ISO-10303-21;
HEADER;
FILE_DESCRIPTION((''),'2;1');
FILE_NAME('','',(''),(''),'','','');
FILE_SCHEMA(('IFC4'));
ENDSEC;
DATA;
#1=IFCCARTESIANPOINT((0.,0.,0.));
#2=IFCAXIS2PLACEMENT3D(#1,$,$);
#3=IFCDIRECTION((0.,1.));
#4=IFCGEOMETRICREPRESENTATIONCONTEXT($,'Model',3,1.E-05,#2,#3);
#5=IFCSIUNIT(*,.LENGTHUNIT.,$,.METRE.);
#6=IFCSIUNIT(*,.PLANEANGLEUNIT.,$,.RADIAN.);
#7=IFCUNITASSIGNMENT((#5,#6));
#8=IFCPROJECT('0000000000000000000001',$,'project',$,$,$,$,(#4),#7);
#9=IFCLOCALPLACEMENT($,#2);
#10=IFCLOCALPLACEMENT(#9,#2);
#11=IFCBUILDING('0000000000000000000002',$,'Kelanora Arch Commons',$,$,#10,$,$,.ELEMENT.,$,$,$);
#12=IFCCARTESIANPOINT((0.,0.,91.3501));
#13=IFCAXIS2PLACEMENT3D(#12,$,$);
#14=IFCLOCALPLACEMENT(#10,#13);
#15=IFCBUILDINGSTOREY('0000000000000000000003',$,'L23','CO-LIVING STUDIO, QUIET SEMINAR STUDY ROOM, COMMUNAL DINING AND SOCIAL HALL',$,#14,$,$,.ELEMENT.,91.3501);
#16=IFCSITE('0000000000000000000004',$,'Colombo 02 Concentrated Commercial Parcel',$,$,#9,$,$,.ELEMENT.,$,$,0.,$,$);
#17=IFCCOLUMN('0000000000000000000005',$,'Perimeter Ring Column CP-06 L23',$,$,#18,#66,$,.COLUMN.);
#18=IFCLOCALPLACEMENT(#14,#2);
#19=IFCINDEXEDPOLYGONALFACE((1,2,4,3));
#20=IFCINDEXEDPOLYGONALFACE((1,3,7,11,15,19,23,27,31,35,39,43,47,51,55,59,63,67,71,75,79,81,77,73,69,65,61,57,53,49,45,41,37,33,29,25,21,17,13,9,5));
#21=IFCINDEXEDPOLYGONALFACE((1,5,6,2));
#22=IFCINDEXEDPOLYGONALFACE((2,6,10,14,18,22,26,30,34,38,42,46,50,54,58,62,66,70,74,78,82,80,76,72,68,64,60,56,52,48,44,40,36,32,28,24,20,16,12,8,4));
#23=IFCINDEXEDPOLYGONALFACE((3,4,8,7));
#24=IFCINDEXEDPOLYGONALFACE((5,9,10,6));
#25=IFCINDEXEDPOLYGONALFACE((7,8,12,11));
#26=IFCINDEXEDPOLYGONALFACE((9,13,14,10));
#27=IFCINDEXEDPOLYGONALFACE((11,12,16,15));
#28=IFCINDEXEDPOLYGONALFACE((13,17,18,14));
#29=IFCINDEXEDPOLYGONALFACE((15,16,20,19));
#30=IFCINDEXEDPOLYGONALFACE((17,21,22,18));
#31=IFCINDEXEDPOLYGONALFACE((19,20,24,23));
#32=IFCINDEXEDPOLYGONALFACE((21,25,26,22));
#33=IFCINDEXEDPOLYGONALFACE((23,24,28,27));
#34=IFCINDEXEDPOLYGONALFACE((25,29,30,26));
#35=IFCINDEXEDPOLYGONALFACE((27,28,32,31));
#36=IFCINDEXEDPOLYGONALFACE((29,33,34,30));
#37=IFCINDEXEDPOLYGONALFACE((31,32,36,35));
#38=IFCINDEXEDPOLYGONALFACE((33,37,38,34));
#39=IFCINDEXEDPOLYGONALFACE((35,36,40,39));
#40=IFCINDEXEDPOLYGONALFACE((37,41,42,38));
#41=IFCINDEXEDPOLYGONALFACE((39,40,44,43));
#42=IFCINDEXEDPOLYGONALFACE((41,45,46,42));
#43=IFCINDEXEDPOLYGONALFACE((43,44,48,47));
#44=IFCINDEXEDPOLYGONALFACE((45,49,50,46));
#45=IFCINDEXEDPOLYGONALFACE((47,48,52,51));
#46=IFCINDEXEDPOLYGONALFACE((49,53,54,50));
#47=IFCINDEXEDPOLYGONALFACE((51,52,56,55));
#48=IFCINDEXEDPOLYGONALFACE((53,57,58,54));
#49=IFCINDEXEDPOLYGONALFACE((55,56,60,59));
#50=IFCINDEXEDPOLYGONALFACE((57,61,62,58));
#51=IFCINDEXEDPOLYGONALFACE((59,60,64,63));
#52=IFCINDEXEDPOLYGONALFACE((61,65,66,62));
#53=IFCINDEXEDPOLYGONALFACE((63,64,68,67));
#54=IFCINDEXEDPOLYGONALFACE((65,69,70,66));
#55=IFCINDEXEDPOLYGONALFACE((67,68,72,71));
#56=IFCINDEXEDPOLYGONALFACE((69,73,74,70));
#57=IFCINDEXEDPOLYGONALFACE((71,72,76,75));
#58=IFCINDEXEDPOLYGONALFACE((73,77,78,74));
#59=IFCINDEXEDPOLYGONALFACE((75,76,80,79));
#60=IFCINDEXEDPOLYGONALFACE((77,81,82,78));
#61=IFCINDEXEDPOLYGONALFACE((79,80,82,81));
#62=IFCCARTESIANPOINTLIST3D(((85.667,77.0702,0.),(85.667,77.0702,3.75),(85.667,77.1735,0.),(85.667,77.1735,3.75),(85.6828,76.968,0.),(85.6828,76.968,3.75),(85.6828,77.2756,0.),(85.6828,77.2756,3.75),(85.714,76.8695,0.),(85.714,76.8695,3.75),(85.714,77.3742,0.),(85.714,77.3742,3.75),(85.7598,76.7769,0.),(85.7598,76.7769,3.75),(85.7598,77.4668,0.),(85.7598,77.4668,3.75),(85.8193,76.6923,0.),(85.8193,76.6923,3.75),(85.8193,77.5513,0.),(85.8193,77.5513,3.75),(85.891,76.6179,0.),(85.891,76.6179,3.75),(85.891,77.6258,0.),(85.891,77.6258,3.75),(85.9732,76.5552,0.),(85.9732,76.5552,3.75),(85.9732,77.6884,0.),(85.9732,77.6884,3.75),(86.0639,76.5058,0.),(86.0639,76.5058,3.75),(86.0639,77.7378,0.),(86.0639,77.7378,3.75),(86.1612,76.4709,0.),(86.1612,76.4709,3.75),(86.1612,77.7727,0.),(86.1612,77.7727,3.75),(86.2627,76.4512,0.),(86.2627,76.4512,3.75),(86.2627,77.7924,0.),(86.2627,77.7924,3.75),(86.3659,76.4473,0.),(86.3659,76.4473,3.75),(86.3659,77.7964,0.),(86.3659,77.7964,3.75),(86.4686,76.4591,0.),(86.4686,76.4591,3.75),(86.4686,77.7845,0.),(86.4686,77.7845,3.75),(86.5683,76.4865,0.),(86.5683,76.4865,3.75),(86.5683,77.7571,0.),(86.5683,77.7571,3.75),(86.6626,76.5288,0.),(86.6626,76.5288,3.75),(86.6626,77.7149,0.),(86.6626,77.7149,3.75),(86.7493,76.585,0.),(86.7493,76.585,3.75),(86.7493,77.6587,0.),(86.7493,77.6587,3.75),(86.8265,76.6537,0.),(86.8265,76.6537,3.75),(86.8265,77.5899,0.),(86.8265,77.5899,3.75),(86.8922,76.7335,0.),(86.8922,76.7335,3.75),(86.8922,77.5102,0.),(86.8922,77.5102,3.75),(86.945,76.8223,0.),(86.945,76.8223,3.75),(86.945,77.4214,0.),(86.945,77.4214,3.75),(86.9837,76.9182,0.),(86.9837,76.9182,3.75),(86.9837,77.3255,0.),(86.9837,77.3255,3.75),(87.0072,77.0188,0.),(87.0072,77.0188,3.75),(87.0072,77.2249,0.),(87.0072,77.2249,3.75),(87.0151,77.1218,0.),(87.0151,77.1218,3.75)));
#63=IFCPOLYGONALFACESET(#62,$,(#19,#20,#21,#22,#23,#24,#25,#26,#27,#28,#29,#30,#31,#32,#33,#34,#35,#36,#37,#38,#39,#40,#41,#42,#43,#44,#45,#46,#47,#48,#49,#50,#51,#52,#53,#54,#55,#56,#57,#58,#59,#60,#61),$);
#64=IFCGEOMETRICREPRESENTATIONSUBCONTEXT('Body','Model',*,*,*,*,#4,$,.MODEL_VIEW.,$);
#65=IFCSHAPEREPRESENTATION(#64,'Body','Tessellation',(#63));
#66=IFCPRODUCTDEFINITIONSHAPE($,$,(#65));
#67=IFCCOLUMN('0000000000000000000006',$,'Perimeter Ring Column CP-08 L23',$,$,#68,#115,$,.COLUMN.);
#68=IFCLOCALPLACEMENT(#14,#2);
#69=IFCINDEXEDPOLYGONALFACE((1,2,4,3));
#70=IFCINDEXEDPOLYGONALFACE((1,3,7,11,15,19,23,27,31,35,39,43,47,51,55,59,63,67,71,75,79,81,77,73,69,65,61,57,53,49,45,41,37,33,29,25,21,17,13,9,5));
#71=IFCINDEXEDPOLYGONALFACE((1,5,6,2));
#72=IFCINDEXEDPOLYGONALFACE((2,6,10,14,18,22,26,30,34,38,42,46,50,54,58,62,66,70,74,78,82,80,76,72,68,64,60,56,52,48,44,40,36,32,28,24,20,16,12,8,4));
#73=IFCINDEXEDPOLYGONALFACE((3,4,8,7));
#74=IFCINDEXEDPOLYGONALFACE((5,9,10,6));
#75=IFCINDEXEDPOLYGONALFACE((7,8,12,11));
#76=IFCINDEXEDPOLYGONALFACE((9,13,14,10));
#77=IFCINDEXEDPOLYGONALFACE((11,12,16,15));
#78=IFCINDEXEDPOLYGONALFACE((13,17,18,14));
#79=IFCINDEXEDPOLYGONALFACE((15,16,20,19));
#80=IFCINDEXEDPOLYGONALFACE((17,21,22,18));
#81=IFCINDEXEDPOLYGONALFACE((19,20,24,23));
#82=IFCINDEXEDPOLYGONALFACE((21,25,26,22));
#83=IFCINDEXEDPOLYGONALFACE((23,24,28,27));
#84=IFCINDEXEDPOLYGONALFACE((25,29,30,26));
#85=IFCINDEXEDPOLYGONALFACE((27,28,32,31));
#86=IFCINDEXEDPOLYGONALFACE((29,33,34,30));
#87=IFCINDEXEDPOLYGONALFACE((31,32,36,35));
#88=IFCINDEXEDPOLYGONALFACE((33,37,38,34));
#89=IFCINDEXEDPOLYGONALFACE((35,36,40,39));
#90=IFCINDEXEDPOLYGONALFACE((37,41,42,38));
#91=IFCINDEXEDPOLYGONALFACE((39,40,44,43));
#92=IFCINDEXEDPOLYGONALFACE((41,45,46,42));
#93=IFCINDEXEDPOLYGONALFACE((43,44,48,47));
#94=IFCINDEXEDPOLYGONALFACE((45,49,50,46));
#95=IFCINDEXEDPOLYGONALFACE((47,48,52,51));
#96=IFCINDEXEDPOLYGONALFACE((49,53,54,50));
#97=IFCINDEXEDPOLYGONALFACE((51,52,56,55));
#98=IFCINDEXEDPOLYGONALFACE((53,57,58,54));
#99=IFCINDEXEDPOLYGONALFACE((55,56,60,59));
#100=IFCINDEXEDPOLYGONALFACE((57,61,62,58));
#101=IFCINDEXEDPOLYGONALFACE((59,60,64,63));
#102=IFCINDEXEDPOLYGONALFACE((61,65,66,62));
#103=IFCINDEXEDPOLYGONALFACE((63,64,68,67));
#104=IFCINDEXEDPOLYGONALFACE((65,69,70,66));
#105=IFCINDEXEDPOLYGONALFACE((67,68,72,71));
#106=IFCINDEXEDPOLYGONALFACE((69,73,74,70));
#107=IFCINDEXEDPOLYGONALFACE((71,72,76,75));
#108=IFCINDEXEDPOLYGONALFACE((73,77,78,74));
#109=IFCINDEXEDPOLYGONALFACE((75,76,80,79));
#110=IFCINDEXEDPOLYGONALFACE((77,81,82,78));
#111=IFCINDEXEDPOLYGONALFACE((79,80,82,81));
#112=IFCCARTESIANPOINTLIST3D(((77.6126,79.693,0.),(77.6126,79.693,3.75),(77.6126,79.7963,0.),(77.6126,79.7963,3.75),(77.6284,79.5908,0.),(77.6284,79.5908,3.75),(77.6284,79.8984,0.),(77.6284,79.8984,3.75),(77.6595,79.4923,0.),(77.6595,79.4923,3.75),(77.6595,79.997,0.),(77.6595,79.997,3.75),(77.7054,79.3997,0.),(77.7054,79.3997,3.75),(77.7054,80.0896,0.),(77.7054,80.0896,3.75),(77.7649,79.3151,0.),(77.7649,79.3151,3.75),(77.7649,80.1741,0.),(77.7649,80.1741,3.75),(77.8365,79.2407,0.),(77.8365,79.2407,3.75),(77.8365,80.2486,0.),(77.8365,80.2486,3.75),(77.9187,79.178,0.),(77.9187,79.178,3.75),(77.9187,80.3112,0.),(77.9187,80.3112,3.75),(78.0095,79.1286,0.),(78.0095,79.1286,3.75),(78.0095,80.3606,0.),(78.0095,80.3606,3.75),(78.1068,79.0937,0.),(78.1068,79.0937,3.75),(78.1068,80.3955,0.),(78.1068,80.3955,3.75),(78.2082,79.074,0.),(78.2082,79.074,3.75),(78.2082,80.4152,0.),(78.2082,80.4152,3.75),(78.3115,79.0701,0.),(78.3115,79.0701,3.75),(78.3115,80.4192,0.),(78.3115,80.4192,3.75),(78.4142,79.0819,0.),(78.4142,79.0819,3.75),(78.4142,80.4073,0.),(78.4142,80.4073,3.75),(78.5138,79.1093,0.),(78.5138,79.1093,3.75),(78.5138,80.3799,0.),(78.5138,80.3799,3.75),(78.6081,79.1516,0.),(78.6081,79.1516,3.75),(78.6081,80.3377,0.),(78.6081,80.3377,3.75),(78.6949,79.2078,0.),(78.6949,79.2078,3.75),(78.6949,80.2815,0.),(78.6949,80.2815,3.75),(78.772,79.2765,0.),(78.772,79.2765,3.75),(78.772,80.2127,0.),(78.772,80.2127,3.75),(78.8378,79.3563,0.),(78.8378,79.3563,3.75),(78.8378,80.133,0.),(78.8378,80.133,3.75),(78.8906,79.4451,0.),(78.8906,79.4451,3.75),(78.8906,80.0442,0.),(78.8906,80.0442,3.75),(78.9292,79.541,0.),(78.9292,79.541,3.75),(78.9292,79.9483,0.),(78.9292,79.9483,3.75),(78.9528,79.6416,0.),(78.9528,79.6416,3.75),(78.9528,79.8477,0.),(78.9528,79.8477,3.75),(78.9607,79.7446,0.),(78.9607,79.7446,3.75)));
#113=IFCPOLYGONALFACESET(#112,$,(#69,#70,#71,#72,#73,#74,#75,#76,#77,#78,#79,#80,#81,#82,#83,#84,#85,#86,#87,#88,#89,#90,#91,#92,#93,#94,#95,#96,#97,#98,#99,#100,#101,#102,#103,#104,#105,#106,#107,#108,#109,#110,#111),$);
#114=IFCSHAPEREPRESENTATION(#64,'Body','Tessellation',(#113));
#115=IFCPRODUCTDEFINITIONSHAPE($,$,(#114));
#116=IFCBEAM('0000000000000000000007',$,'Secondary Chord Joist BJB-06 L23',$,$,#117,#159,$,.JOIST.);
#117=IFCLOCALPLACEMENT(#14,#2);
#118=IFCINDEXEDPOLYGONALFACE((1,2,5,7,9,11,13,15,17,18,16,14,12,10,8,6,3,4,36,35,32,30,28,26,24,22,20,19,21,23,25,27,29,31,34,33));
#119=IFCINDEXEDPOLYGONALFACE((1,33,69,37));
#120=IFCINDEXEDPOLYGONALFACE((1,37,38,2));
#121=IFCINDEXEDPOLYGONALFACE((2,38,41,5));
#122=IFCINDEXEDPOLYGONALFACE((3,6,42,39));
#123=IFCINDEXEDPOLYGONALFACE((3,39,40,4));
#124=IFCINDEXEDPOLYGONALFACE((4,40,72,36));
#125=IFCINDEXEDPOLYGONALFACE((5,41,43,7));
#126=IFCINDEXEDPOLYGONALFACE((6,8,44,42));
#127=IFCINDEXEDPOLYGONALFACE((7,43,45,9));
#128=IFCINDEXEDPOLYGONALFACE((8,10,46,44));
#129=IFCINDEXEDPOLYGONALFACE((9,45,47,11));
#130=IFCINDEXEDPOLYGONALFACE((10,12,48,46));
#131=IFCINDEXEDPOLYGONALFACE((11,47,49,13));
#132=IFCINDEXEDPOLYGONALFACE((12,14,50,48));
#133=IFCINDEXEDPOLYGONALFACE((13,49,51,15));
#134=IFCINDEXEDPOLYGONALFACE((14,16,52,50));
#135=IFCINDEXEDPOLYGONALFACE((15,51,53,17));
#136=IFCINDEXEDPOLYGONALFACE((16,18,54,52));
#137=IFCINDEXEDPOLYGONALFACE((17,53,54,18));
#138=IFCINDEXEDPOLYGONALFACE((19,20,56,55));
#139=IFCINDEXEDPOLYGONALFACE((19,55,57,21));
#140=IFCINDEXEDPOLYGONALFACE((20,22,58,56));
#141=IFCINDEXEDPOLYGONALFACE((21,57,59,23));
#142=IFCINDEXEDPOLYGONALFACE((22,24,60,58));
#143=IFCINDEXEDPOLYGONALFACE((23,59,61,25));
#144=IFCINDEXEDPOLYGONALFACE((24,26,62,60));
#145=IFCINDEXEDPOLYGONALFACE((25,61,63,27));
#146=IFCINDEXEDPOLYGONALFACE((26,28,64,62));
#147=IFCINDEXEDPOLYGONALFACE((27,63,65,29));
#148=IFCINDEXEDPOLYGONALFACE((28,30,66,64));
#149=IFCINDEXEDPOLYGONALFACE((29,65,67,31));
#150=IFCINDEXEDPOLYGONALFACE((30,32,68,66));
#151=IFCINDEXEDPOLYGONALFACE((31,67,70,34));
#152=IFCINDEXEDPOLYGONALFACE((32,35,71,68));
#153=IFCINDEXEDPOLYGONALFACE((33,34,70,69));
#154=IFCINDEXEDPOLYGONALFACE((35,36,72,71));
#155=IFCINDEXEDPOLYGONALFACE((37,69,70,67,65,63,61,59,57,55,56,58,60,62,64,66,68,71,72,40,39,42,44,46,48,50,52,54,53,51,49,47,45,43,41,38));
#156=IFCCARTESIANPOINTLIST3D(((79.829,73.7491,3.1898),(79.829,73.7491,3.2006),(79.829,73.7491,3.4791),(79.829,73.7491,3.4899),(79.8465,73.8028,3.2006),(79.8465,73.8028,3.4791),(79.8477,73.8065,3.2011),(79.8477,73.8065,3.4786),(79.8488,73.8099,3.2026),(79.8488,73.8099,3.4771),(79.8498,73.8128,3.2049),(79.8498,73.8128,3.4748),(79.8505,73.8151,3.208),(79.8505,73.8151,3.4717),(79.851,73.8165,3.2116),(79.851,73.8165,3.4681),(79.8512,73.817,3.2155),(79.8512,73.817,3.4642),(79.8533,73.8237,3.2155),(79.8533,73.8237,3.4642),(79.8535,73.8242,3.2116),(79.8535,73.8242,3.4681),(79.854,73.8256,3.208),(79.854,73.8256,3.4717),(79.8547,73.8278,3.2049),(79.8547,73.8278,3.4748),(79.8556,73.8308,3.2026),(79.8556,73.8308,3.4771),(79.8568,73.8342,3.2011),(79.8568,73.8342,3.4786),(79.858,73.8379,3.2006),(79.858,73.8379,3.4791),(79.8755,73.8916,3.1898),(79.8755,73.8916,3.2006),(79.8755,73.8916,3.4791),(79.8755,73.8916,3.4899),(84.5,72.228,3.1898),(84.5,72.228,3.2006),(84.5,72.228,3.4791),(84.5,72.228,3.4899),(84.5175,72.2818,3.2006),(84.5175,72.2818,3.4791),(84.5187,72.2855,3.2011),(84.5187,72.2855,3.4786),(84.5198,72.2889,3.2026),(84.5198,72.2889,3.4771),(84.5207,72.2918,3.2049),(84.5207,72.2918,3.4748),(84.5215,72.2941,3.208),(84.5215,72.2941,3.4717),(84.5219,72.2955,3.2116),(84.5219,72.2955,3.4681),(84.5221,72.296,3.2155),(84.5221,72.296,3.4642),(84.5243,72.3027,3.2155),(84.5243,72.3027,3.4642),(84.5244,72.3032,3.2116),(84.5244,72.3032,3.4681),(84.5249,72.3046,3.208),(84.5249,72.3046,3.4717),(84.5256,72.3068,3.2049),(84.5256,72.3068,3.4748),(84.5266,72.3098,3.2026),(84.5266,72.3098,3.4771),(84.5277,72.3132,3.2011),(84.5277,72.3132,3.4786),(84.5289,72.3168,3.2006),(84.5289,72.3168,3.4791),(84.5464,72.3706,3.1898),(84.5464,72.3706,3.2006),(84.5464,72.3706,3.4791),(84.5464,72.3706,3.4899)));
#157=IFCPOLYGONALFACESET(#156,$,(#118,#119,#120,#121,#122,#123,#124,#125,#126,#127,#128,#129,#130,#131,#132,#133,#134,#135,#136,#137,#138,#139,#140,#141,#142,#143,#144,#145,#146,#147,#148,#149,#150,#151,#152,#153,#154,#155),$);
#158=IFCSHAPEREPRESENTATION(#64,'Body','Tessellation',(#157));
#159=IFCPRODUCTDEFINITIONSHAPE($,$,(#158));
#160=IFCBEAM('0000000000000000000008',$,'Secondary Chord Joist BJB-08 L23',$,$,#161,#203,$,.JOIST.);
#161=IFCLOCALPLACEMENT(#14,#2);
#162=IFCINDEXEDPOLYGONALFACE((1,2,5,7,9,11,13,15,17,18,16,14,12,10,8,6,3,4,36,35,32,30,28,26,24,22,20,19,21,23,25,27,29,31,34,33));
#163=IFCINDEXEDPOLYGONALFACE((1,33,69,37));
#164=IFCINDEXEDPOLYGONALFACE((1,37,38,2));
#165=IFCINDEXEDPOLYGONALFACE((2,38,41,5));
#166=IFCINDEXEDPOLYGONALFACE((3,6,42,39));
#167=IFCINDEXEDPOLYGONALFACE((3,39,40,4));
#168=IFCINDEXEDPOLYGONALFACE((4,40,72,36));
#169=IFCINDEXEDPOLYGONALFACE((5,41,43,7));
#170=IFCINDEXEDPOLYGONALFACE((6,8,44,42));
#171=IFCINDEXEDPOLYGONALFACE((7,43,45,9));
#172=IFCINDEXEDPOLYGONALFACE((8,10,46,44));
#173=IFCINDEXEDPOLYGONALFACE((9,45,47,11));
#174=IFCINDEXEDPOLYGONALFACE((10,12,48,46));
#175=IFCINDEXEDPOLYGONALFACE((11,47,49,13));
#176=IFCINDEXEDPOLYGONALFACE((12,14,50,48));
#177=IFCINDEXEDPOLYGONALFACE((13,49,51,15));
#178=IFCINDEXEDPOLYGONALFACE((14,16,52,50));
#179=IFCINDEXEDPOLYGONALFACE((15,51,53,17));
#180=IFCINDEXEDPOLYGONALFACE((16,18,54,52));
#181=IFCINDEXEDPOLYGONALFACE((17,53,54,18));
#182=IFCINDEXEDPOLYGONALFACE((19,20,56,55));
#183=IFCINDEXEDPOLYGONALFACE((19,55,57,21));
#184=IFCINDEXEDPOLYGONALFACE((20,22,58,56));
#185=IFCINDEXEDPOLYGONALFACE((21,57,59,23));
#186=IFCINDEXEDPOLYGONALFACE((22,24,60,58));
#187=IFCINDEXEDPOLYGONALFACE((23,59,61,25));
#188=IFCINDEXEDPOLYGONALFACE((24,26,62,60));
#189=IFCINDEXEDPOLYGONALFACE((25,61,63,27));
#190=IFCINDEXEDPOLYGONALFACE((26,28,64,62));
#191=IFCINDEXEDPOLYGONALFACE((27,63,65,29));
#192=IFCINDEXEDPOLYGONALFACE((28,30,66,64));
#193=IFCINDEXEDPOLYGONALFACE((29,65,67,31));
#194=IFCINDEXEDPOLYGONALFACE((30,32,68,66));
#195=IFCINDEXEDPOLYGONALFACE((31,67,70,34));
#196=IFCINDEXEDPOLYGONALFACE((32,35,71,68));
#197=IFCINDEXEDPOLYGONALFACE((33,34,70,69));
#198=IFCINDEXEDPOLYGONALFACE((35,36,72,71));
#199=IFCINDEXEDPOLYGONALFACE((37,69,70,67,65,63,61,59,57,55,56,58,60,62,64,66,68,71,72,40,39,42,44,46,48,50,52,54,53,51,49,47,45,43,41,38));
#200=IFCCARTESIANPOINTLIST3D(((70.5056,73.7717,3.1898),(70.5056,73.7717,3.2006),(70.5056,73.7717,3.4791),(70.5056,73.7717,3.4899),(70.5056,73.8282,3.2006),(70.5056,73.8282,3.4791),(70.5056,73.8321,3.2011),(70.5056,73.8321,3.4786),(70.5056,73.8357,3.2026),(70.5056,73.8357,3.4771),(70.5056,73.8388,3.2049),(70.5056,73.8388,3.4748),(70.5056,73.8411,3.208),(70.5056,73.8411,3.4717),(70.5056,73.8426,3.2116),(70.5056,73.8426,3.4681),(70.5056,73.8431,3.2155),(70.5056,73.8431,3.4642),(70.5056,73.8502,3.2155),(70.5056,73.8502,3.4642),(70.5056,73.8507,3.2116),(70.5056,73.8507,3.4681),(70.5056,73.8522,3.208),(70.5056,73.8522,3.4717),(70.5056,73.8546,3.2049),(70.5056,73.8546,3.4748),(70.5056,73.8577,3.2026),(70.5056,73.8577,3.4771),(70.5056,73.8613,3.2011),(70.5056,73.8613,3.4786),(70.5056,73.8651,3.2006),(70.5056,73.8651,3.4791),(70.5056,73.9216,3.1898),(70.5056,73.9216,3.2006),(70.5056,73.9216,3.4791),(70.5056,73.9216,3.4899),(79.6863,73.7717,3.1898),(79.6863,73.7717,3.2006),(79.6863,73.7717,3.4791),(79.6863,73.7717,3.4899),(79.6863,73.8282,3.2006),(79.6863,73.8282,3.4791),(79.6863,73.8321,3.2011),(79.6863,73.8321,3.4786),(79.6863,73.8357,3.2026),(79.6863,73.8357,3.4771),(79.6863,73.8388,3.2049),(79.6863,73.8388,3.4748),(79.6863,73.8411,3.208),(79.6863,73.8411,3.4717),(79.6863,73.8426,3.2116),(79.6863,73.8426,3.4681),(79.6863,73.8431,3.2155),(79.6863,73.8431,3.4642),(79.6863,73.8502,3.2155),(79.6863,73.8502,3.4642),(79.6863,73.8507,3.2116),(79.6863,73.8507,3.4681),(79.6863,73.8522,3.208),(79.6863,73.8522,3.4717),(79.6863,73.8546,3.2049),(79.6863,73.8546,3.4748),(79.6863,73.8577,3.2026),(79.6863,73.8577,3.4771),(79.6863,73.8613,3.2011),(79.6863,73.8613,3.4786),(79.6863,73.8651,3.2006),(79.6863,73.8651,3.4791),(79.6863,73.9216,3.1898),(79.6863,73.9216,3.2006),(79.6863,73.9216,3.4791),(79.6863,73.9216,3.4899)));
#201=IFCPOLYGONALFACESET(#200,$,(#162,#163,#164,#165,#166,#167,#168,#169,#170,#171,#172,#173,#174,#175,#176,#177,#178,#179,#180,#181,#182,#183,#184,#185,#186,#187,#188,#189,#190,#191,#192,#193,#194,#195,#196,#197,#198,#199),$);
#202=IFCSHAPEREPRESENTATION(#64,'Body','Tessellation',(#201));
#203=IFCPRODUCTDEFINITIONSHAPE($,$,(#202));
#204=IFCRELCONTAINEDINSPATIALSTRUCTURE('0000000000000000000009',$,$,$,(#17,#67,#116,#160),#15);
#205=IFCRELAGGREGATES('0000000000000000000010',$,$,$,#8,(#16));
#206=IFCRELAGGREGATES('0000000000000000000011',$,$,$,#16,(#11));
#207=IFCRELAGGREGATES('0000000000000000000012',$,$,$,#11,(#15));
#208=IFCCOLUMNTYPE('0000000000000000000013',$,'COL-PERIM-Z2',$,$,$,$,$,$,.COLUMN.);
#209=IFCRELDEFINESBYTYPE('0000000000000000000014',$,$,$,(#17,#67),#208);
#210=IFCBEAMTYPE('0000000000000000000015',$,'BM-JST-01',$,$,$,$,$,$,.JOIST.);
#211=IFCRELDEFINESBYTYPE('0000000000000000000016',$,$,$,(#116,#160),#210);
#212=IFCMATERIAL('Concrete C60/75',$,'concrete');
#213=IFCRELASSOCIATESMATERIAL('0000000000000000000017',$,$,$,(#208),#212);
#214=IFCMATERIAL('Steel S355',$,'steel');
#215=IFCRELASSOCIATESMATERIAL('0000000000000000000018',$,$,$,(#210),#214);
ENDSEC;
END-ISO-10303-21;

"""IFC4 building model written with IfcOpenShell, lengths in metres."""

from ifc_helpers import new_model, si_unit, direction, frame, origin, origin_2d, place, context, subcontext, project, spatial, circle, i_section, extrude, material, material_profile, profile_set, type_object, element, save


model = new_model("IFC4")

# Units and contexts
model_context = context("Model", 3, precision=1e-05, world=origin(), true_north=direction((0.0, 1.0)))
body_context = subcontext(model_context, "Body", "Model", "MODEL_VIEW")
ifc_project = project(units=[si_unit("LENGTHUNIT", "METRE"), si_unit("PLANEANGLEUNIT", "RADIAN")], contexts=[model_context])

# Site, building, storey
site_placement = place(None, origin())
site = spatial("IfcSite", under=ifc_project, at=site_placement, Name="Colombo 02 Concentrated Commercial Parcel", CompositionType="ELEMENT", RefElevation=0.0)
building_placement = place(site_placement, origin())
building = spatial("IfcBuilding", under=site, at=building_placement, Name="Kelanora Arch Commons", CompositionType="ELEMENT")
storey_placement = place(building_placement, frame((0.0, 0.0, 91.3501)))
storey = spatial("IfcBuildingStorey", under=building, at=storey_placement, Name="L23", Description="CO-LIVING STUDIO, QUIET SEMINAR STUDY ROOM, COMMUNAL DINING AND SOCIAL HALL", CompositionType="ELEMENT", Elevation=91.3501)

# Columns
ifc_material_1 = material(Name="Concrete C60/75", Category="concrete")
ifc_material_profile_1 = material_profile(ifc_material_1, circle(Radius=0.675, at=origin_2d()), Name="RCC1350")
ifc_profile_set_1 = profile_set([ifc_material_profile_1], Name="Concrete C60/75")
column_type = type_object("IfcColumnType", Name="COL-PERIM-Z2", PredefinedType="COLUMN", material=ifc_profile_set_1)
for number, where, z_axis, x_axis, name in (
    (1, (86.3401, 77.1218, 0.0), (0.0, 0.0, 1.0), (1.0, 0.0, 0.0), "Perimeter Ring Column CP-06 L23"),
    (2, (78.2856, 79.7446, 0.0), (0.0, 0.0, 1.0), (1.0, 0.0, 0.0), "Perimeter Ring Column CP-08 L23"),
):
    element("IfcColumn", number, at=place(storey_placement, frame(where, z_axis=z_axis, x_axis=x_axis)), inside=storey, type_object=column_type, Name=name, PredefinedType="COLUMN", context=body_context, shape_type="SweptSolid", body=[
        extrude(circle(Radius=0.675, at=origin_2d()), origin(), (0.0, 0.0, 1.0), 3.75),
    ])

# Beams
ifc_material_2 = material(Name="Steel S355", Category="steel")
ifc_material_profile_2 = material_profile(ifc_material_2, i_section(OverallWidth=0.1499, OverallDepth=0.3, WebThickness=0.0071, FlangeThickness=0.0107, FilletRadius=0.0149, at=origin_2d()), Name="IPE300")
ifc_profile_set_2 = profile_set([ifc_material_profile_2], Name="Steel S355")
beam_type_1 = type_object("IfcBeamType", Name="BM-JST-01", PredefinedType="JOIST", material=ifc_profile_set_2)
beam_1_placement = place(storey_placement, frame((84.5232, 72.2993, 3.3398), z_axis=(-0.950857, 0.30963, 0.0), x_axis=(-0.30963, -0.950857, 0.0)))
element("IfcBeam", 3, at=beam_1_placement, inside=storey, type_object=beam_type_1, Name="Secondary Chord Joist BJB-06 L23", PredefinedType="JOIST", context=body_context, shape_type="SweptSolid", body=[
    extrude(i_section(OverallWidth=0.1499, OverallDepth=0.3, WebThickness=0.0071, FlangeThickness=0.0107, FilletRadius=0.0149, at=origin_2d()), origin(), (0.0, 0.0, 1.0), 4.9124),
])
beam_2_placement = place(storey_placement, frame((79.6863, 73.8467, 3.3398), z_axis=(-1.0, 0.0, 0.0), x_axis=(0.0, -1.0, 0.0)))
element("IfcBeam", 4, at=beam_2_placement, inside=storey, type_object=beam_type_1, Name="Secondary Chord Joist BJB-08 L23", PredefinedType="JOIST", context=body_context, shape_type="SweptSolid", body=[
    extrude(i_section(OverallWidth=0.1499, OverallDepth=0.3, WebThickness=0.0071, FlangeThickness=0.0107, FilletRadius=0.0149, at=origin_2d()), origin(), (0.0, 0.0, 1.0), 9.1807),
])

save(model, "model.ifc")
